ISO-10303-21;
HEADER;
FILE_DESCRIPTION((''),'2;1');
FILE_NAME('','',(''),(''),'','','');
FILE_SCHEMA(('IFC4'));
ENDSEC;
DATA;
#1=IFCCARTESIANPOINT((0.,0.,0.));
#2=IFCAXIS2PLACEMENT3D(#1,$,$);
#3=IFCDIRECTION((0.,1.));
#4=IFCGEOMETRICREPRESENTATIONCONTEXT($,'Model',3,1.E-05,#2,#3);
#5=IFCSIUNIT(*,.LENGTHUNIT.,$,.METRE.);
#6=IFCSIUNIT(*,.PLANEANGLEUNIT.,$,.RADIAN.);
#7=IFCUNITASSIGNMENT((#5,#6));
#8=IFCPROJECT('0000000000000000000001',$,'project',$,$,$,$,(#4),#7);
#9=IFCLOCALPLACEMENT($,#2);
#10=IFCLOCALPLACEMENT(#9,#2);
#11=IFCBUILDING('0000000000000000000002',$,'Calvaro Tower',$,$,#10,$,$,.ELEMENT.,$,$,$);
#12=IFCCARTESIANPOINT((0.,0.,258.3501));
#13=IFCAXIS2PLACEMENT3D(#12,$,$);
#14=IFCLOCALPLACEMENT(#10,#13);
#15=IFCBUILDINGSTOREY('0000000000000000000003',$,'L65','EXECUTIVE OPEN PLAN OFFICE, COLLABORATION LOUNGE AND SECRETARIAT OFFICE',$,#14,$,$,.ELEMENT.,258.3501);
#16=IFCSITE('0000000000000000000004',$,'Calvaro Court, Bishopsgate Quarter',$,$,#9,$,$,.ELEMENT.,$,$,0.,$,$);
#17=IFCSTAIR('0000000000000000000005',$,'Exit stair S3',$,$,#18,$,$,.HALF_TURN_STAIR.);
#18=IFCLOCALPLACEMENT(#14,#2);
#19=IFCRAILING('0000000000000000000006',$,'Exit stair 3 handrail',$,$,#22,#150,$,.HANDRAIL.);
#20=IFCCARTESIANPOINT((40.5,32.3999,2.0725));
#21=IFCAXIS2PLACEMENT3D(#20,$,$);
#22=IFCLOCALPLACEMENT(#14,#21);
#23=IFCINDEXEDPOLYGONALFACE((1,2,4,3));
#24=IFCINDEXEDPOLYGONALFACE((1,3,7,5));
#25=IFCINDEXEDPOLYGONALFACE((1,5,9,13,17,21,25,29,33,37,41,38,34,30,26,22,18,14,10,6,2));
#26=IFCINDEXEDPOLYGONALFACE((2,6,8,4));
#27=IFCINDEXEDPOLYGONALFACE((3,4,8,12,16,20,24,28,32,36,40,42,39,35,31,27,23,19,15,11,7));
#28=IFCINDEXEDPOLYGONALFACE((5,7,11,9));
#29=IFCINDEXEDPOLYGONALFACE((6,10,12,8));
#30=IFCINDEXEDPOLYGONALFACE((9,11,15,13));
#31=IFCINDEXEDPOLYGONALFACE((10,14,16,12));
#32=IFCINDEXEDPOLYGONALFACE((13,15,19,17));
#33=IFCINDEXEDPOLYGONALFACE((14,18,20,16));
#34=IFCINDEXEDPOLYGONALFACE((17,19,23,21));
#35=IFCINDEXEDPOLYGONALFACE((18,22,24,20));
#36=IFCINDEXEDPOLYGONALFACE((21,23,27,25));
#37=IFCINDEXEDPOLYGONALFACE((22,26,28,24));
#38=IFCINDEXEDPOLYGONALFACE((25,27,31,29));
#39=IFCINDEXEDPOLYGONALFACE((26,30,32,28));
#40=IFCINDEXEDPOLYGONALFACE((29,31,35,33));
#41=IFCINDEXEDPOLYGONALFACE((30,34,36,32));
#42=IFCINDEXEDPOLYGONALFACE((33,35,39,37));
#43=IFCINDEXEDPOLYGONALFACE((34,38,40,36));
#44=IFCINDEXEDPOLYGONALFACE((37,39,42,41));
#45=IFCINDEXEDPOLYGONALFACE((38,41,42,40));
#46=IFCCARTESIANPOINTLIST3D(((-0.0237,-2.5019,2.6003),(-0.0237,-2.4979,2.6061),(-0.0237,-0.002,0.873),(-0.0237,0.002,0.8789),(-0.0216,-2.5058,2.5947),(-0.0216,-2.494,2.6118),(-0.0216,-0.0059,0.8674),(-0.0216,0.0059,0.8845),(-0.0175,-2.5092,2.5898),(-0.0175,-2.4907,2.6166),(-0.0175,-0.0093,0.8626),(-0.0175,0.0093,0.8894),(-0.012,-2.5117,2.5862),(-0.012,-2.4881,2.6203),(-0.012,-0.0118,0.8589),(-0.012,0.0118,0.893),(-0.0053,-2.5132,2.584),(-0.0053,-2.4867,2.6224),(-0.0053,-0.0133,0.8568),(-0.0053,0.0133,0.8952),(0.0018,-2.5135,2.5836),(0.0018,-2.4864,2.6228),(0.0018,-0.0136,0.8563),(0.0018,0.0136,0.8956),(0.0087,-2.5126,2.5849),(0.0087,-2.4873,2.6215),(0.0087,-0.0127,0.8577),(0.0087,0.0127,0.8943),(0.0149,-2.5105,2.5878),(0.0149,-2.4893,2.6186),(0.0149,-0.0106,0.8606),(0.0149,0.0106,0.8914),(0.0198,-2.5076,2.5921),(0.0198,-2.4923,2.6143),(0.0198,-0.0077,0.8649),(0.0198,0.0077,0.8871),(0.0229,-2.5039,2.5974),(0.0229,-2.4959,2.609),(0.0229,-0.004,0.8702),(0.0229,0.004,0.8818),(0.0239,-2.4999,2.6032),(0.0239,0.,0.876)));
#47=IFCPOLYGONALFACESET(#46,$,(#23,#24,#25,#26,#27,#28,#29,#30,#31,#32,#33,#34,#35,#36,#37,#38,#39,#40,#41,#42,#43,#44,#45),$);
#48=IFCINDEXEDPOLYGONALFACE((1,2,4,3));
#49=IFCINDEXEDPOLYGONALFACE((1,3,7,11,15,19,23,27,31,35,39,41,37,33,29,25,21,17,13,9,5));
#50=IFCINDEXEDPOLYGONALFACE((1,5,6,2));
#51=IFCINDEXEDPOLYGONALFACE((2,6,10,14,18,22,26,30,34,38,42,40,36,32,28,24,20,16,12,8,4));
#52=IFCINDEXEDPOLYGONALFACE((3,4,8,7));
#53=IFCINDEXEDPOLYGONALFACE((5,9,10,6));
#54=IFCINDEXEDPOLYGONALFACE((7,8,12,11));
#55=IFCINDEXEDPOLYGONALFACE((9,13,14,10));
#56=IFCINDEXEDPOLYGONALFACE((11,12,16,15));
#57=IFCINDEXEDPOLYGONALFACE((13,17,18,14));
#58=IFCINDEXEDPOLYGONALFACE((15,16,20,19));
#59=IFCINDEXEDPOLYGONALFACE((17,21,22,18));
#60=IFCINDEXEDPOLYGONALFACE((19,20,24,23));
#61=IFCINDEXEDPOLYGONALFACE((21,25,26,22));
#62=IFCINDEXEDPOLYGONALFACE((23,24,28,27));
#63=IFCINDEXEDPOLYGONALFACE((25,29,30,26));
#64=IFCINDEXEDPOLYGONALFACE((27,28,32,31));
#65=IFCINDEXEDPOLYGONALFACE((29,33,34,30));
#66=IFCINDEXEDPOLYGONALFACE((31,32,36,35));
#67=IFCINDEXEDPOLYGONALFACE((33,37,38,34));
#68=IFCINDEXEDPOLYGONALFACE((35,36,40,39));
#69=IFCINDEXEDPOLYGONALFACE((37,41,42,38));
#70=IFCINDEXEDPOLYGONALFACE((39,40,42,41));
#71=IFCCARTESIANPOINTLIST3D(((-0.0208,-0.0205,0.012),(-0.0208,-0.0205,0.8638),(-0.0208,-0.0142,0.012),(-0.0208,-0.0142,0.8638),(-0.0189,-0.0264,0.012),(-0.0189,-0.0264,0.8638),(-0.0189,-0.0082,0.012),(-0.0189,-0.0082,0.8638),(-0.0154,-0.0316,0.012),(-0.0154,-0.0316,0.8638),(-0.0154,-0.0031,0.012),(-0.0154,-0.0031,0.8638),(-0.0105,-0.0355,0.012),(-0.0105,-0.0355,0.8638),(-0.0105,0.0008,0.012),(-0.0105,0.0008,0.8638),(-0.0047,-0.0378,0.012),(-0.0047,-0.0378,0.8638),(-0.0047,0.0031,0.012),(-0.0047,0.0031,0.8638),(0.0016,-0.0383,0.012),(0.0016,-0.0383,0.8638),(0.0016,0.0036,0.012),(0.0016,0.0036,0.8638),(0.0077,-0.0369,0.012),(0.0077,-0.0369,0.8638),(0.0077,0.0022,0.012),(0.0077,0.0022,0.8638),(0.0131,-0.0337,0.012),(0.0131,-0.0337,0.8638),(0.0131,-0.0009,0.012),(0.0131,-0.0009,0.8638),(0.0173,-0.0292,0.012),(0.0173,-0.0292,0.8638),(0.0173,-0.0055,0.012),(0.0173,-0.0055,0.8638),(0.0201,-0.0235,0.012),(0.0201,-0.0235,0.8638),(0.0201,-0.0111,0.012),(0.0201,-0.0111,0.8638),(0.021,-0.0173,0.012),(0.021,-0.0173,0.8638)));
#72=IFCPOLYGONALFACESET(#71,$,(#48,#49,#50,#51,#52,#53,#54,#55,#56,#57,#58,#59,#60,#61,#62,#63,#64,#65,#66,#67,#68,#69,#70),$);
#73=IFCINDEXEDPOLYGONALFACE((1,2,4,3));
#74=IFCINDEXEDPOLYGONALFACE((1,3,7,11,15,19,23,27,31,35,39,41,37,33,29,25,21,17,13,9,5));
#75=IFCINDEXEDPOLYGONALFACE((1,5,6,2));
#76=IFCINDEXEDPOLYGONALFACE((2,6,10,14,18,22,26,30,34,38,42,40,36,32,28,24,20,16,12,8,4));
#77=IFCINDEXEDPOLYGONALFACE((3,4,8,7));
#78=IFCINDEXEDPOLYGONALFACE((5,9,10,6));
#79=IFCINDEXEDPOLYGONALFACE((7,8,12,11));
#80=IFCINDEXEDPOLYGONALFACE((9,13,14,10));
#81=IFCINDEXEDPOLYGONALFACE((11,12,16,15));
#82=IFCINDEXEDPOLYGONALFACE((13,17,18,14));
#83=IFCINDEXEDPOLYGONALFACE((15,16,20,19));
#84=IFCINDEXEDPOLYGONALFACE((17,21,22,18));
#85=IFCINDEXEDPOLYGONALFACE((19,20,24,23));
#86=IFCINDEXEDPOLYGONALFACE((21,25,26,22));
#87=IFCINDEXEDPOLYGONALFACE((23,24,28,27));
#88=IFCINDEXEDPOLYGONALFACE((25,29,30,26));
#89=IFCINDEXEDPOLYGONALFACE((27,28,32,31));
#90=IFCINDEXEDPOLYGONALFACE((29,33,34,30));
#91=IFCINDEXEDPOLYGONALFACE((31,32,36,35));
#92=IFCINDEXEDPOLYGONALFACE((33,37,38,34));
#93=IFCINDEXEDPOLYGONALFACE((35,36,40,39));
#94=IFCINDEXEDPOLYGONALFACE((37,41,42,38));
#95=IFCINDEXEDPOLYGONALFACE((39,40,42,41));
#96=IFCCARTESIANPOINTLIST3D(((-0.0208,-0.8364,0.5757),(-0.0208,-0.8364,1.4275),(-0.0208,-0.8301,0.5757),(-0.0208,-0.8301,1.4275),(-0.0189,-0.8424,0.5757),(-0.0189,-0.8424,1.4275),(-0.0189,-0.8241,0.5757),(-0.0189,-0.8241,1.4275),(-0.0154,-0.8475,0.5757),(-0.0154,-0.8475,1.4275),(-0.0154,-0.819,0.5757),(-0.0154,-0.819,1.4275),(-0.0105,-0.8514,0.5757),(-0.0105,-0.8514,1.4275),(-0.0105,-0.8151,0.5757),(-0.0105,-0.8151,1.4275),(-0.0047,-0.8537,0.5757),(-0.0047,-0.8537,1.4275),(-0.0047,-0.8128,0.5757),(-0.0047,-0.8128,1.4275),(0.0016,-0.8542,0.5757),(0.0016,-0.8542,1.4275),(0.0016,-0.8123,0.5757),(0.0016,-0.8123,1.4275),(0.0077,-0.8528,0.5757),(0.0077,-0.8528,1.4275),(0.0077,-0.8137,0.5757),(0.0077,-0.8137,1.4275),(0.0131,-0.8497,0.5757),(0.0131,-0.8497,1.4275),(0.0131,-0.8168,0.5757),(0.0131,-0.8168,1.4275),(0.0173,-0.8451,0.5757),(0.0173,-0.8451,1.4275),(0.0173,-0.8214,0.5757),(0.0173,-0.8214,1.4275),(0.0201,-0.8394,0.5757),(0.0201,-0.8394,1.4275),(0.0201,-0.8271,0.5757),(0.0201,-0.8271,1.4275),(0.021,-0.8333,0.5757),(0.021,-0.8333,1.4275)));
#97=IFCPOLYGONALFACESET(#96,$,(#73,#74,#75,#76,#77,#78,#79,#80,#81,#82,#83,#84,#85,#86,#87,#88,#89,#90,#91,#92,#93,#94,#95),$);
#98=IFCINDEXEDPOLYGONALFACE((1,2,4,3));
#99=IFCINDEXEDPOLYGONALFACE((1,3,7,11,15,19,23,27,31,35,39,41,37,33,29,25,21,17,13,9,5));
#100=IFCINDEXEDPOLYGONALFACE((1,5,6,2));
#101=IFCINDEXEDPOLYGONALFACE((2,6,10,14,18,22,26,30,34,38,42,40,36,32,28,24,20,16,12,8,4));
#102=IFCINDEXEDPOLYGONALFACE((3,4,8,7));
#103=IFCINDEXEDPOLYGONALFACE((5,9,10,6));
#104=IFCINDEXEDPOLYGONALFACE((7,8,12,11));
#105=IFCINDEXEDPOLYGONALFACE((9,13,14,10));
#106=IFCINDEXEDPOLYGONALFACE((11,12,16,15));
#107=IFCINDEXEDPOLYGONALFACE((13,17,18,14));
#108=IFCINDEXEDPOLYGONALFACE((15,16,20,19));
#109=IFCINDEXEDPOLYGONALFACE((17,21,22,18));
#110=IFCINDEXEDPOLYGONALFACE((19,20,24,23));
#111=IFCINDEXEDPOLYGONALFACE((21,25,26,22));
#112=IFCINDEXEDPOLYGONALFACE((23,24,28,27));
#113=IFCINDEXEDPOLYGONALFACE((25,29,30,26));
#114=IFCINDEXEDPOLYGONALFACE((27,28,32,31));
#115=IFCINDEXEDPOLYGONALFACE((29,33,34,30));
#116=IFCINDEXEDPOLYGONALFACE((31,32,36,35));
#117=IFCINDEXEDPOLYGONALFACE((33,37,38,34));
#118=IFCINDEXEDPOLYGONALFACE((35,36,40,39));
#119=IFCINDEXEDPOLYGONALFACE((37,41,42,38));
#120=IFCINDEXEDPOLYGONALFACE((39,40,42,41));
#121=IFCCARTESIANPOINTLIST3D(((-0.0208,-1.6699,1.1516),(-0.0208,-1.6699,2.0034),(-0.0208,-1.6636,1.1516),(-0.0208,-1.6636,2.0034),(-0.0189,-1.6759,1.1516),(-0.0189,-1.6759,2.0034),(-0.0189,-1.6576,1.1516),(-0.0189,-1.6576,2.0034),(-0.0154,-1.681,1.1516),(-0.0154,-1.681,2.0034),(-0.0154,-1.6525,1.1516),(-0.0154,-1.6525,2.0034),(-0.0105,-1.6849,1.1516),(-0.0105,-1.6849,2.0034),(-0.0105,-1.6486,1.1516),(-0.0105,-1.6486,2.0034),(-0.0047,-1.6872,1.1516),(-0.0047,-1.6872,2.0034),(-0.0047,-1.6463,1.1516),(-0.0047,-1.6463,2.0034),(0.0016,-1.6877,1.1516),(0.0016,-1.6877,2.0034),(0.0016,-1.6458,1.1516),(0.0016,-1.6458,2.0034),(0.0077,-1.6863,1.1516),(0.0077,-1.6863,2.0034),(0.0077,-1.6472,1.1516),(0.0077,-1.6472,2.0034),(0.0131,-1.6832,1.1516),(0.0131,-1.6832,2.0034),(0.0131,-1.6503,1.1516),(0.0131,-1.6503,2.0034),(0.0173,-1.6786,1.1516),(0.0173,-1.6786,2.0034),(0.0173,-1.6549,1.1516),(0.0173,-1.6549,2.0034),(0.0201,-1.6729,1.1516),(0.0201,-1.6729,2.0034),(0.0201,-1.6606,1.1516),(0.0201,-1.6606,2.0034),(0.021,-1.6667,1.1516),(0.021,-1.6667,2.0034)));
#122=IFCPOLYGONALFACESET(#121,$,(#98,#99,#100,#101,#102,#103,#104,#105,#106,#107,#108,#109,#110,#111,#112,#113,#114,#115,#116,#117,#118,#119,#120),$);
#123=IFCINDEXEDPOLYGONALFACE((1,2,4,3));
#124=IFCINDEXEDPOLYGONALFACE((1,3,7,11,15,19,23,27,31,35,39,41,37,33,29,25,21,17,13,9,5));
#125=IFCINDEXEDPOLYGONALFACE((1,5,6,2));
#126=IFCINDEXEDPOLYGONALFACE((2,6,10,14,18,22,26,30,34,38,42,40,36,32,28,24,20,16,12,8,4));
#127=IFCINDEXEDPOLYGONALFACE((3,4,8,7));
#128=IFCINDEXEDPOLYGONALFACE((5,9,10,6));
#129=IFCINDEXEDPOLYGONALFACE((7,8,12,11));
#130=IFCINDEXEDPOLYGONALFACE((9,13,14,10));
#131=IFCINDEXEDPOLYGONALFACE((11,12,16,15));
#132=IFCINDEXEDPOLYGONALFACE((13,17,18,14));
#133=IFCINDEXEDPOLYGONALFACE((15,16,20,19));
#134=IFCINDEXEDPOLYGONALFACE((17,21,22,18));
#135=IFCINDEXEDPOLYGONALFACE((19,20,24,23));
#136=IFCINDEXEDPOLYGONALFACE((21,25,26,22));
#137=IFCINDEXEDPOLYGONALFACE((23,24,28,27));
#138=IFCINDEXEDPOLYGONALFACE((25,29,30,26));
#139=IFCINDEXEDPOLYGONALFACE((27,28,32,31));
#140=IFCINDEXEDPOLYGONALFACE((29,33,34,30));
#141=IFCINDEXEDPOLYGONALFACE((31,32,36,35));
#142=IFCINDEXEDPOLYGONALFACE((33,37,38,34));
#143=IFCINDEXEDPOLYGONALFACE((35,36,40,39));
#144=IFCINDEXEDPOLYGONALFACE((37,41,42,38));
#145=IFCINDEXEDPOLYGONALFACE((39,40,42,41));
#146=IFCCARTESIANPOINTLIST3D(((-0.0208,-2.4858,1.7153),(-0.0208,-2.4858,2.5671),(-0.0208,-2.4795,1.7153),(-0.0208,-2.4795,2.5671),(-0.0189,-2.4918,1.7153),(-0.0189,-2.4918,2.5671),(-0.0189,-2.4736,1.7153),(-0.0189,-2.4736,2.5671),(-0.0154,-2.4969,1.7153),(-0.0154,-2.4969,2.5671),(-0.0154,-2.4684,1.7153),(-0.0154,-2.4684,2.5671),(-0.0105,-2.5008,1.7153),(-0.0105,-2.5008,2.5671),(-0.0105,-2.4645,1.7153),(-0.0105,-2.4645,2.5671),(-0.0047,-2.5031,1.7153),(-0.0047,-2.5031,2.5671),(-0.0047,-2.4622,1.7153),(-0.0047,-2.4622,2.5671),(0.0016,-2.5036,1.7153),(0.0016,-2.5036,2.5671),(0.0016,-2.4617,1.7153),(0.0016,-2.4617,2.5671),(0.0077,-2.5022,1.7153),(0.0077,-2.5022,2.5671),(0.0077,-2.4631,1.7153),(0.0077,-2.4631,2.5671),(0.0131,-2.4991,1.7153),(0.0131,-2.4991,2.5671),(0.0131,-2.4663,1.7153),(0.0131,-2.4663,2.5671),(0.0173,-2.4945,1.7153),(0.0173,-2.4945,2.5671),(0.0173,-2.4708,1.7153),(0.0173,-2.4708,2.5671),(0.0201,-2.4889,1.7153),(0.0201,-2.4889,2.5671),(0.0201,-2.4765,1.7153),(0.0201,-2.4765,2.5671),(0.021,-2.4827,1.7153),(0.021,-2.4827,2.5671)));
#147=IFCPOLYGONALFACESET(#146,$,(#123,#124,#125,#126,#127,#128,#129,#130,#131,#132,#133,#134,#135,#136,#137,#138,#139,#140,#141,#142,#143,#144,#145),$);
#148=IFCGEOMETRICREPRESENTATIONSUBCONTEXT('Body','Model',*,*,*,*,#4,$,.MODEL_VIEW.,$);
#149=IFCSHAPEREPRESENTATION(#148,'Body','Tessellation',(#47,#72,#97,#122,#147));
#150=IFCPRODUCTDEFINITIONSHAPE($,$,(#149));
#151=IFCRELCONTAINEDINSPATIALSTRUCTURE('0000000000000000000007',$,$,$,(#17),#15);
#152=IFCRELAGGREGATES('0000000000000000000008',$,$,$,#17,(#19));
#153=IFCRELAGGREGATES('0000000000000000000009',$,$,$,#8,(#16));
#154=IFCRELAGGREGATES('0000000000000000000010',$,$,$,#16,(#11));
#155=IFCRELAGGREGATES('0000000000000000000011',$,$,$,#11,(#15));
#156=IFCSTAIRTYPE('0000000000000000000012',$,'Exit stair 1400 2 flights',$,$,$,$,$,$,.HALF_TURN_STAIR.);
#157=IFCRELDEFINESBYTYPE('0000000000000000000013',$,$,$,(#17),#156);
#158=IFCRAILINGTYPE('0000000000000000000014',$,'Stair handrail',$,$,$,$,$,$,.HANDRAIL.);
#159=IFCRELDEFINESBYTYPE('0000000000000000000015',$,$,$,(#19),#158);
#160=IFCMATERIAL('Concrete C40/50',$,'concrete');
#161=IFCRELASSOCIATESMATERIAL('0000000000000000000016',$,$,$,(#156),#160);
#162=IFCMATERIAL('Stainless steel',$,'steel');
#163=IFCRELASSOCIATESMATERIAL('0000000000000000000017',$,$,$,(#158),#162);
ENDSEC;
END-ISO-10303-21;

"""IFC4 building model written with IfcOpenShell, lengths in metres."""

from ifc_helpers import new_model, si_unit, direction, frame, origin, origin_2d, place, context, subcontext, project, spatial, circle, extrude, material, type_object, element, aggregate, save


model = new_model("IFC4")

# Units and contexts
model_context = context("Model", 3, precision=1e-05, world=origin(), true_north=direction((0.0, 1.0)))
body_context = subcontext(model_context, "Body", "Model", "MODEL_VIEW")
ifc_project = project(units=[si_unit("LENGTHUNIT", "METRE"), si_unit("PLANEANGLEUNIT", "RADIAN")], contexts=[model_context])

# Site, building, storey
site_placement = place(None, origin())
site = spatial("IfcSite", under=ifc_project, at=site_placement, Name="Calvaro Court, Bishopsgate Quarter", CompositionType="ELEMENT", RefElevation=0.0)
building_placement = place(site_placement, origin())
building = spatial("IfcBuilding", under=site, at=building_placement, Name="Calvaro Tower", CompositionType="ELEMENT")
storey_placement = place(building_placement, frame((0.0, 0.0, 258.3501)))
storey = spatial("IfcBuildingStorey", under=building, at=storey_placement, Name="L65", Description="EXECUTIVE OPEN PLAN OFFICE, COLLABORATION LOUNGE AND SECRETARIAT OFFICE", CompositionType="ELEMENT", Elevation=258.3501)

# Stair
ifc_material_1 = material(Name="Concrete C40/50", Category="concrete")
stair_type = type_object("IfcStairType", Name="Exit stair 1400 2 flights", PredefinedType="HALF_TURN_STAIR", material=ifc_material_1)
stair_1_placement = place(storey_placement, origin())
stair_1 = element("IfcStair", 1, at=stair_1_placement, inside=storey, type_object=stair_type, Name="Exit stair S3", PredefinedType="HALF_TURN_STAIR")

# Railing
ifc_material_2 = material(Name="Stainless steel", Category="steel")
railing_type = type_object("IfcRailingType", Name="Stair handrail", PredefinedType="HANDRAIL", material=ifc_material_2)
railing_1_placement = place(storey_placement, frame((40.5, 32.3999, 2.0725)))
railing_1 = element("IfcRailing", 2, at=railing_1_placement, type_object=railing_type, Name="Exit stair 3 handrail", PredefinedType="HANDRAIL", context=body_context, shape_type="SweptSolid", body=[
    extrude(circle(Radius=0.0239, at=origin_2d()), frame((0.0, 0.0, 0.876), z_axis=(0.0, -0.822727, 0.568437), x_axis=(1.0, 0.0, 0.0)), (0.0, 0.0, 1.0), 3.0386),
    extrude(circle(Radius=0.021, at=origin_2d()), frame((0.0, -0.0173, 0.012)), (0.0, 0.0, 1.0), 0.8518),
    extrude(circle(Radius=0.021, at=origin_2d()), frame((0.0, -0.8333, 0.5757)), (0.0, 0.0, 1.0), 0.8518),
    extrude(circle(Radius=0.021, at=origin_2d()), frame((0.0, -1.6667, 1.1516)), (0.0, 0.0, 1.0), 0.8518),
    extrude(circle(Radius=0.021, at=origin_2d()), frame((0.0, -2.4827, 1.7153)), (0.0, 0.0, 1.0), 0.8518),
])
aggregate(stair_1, [railing_1])

save(model, "model.ifc")
